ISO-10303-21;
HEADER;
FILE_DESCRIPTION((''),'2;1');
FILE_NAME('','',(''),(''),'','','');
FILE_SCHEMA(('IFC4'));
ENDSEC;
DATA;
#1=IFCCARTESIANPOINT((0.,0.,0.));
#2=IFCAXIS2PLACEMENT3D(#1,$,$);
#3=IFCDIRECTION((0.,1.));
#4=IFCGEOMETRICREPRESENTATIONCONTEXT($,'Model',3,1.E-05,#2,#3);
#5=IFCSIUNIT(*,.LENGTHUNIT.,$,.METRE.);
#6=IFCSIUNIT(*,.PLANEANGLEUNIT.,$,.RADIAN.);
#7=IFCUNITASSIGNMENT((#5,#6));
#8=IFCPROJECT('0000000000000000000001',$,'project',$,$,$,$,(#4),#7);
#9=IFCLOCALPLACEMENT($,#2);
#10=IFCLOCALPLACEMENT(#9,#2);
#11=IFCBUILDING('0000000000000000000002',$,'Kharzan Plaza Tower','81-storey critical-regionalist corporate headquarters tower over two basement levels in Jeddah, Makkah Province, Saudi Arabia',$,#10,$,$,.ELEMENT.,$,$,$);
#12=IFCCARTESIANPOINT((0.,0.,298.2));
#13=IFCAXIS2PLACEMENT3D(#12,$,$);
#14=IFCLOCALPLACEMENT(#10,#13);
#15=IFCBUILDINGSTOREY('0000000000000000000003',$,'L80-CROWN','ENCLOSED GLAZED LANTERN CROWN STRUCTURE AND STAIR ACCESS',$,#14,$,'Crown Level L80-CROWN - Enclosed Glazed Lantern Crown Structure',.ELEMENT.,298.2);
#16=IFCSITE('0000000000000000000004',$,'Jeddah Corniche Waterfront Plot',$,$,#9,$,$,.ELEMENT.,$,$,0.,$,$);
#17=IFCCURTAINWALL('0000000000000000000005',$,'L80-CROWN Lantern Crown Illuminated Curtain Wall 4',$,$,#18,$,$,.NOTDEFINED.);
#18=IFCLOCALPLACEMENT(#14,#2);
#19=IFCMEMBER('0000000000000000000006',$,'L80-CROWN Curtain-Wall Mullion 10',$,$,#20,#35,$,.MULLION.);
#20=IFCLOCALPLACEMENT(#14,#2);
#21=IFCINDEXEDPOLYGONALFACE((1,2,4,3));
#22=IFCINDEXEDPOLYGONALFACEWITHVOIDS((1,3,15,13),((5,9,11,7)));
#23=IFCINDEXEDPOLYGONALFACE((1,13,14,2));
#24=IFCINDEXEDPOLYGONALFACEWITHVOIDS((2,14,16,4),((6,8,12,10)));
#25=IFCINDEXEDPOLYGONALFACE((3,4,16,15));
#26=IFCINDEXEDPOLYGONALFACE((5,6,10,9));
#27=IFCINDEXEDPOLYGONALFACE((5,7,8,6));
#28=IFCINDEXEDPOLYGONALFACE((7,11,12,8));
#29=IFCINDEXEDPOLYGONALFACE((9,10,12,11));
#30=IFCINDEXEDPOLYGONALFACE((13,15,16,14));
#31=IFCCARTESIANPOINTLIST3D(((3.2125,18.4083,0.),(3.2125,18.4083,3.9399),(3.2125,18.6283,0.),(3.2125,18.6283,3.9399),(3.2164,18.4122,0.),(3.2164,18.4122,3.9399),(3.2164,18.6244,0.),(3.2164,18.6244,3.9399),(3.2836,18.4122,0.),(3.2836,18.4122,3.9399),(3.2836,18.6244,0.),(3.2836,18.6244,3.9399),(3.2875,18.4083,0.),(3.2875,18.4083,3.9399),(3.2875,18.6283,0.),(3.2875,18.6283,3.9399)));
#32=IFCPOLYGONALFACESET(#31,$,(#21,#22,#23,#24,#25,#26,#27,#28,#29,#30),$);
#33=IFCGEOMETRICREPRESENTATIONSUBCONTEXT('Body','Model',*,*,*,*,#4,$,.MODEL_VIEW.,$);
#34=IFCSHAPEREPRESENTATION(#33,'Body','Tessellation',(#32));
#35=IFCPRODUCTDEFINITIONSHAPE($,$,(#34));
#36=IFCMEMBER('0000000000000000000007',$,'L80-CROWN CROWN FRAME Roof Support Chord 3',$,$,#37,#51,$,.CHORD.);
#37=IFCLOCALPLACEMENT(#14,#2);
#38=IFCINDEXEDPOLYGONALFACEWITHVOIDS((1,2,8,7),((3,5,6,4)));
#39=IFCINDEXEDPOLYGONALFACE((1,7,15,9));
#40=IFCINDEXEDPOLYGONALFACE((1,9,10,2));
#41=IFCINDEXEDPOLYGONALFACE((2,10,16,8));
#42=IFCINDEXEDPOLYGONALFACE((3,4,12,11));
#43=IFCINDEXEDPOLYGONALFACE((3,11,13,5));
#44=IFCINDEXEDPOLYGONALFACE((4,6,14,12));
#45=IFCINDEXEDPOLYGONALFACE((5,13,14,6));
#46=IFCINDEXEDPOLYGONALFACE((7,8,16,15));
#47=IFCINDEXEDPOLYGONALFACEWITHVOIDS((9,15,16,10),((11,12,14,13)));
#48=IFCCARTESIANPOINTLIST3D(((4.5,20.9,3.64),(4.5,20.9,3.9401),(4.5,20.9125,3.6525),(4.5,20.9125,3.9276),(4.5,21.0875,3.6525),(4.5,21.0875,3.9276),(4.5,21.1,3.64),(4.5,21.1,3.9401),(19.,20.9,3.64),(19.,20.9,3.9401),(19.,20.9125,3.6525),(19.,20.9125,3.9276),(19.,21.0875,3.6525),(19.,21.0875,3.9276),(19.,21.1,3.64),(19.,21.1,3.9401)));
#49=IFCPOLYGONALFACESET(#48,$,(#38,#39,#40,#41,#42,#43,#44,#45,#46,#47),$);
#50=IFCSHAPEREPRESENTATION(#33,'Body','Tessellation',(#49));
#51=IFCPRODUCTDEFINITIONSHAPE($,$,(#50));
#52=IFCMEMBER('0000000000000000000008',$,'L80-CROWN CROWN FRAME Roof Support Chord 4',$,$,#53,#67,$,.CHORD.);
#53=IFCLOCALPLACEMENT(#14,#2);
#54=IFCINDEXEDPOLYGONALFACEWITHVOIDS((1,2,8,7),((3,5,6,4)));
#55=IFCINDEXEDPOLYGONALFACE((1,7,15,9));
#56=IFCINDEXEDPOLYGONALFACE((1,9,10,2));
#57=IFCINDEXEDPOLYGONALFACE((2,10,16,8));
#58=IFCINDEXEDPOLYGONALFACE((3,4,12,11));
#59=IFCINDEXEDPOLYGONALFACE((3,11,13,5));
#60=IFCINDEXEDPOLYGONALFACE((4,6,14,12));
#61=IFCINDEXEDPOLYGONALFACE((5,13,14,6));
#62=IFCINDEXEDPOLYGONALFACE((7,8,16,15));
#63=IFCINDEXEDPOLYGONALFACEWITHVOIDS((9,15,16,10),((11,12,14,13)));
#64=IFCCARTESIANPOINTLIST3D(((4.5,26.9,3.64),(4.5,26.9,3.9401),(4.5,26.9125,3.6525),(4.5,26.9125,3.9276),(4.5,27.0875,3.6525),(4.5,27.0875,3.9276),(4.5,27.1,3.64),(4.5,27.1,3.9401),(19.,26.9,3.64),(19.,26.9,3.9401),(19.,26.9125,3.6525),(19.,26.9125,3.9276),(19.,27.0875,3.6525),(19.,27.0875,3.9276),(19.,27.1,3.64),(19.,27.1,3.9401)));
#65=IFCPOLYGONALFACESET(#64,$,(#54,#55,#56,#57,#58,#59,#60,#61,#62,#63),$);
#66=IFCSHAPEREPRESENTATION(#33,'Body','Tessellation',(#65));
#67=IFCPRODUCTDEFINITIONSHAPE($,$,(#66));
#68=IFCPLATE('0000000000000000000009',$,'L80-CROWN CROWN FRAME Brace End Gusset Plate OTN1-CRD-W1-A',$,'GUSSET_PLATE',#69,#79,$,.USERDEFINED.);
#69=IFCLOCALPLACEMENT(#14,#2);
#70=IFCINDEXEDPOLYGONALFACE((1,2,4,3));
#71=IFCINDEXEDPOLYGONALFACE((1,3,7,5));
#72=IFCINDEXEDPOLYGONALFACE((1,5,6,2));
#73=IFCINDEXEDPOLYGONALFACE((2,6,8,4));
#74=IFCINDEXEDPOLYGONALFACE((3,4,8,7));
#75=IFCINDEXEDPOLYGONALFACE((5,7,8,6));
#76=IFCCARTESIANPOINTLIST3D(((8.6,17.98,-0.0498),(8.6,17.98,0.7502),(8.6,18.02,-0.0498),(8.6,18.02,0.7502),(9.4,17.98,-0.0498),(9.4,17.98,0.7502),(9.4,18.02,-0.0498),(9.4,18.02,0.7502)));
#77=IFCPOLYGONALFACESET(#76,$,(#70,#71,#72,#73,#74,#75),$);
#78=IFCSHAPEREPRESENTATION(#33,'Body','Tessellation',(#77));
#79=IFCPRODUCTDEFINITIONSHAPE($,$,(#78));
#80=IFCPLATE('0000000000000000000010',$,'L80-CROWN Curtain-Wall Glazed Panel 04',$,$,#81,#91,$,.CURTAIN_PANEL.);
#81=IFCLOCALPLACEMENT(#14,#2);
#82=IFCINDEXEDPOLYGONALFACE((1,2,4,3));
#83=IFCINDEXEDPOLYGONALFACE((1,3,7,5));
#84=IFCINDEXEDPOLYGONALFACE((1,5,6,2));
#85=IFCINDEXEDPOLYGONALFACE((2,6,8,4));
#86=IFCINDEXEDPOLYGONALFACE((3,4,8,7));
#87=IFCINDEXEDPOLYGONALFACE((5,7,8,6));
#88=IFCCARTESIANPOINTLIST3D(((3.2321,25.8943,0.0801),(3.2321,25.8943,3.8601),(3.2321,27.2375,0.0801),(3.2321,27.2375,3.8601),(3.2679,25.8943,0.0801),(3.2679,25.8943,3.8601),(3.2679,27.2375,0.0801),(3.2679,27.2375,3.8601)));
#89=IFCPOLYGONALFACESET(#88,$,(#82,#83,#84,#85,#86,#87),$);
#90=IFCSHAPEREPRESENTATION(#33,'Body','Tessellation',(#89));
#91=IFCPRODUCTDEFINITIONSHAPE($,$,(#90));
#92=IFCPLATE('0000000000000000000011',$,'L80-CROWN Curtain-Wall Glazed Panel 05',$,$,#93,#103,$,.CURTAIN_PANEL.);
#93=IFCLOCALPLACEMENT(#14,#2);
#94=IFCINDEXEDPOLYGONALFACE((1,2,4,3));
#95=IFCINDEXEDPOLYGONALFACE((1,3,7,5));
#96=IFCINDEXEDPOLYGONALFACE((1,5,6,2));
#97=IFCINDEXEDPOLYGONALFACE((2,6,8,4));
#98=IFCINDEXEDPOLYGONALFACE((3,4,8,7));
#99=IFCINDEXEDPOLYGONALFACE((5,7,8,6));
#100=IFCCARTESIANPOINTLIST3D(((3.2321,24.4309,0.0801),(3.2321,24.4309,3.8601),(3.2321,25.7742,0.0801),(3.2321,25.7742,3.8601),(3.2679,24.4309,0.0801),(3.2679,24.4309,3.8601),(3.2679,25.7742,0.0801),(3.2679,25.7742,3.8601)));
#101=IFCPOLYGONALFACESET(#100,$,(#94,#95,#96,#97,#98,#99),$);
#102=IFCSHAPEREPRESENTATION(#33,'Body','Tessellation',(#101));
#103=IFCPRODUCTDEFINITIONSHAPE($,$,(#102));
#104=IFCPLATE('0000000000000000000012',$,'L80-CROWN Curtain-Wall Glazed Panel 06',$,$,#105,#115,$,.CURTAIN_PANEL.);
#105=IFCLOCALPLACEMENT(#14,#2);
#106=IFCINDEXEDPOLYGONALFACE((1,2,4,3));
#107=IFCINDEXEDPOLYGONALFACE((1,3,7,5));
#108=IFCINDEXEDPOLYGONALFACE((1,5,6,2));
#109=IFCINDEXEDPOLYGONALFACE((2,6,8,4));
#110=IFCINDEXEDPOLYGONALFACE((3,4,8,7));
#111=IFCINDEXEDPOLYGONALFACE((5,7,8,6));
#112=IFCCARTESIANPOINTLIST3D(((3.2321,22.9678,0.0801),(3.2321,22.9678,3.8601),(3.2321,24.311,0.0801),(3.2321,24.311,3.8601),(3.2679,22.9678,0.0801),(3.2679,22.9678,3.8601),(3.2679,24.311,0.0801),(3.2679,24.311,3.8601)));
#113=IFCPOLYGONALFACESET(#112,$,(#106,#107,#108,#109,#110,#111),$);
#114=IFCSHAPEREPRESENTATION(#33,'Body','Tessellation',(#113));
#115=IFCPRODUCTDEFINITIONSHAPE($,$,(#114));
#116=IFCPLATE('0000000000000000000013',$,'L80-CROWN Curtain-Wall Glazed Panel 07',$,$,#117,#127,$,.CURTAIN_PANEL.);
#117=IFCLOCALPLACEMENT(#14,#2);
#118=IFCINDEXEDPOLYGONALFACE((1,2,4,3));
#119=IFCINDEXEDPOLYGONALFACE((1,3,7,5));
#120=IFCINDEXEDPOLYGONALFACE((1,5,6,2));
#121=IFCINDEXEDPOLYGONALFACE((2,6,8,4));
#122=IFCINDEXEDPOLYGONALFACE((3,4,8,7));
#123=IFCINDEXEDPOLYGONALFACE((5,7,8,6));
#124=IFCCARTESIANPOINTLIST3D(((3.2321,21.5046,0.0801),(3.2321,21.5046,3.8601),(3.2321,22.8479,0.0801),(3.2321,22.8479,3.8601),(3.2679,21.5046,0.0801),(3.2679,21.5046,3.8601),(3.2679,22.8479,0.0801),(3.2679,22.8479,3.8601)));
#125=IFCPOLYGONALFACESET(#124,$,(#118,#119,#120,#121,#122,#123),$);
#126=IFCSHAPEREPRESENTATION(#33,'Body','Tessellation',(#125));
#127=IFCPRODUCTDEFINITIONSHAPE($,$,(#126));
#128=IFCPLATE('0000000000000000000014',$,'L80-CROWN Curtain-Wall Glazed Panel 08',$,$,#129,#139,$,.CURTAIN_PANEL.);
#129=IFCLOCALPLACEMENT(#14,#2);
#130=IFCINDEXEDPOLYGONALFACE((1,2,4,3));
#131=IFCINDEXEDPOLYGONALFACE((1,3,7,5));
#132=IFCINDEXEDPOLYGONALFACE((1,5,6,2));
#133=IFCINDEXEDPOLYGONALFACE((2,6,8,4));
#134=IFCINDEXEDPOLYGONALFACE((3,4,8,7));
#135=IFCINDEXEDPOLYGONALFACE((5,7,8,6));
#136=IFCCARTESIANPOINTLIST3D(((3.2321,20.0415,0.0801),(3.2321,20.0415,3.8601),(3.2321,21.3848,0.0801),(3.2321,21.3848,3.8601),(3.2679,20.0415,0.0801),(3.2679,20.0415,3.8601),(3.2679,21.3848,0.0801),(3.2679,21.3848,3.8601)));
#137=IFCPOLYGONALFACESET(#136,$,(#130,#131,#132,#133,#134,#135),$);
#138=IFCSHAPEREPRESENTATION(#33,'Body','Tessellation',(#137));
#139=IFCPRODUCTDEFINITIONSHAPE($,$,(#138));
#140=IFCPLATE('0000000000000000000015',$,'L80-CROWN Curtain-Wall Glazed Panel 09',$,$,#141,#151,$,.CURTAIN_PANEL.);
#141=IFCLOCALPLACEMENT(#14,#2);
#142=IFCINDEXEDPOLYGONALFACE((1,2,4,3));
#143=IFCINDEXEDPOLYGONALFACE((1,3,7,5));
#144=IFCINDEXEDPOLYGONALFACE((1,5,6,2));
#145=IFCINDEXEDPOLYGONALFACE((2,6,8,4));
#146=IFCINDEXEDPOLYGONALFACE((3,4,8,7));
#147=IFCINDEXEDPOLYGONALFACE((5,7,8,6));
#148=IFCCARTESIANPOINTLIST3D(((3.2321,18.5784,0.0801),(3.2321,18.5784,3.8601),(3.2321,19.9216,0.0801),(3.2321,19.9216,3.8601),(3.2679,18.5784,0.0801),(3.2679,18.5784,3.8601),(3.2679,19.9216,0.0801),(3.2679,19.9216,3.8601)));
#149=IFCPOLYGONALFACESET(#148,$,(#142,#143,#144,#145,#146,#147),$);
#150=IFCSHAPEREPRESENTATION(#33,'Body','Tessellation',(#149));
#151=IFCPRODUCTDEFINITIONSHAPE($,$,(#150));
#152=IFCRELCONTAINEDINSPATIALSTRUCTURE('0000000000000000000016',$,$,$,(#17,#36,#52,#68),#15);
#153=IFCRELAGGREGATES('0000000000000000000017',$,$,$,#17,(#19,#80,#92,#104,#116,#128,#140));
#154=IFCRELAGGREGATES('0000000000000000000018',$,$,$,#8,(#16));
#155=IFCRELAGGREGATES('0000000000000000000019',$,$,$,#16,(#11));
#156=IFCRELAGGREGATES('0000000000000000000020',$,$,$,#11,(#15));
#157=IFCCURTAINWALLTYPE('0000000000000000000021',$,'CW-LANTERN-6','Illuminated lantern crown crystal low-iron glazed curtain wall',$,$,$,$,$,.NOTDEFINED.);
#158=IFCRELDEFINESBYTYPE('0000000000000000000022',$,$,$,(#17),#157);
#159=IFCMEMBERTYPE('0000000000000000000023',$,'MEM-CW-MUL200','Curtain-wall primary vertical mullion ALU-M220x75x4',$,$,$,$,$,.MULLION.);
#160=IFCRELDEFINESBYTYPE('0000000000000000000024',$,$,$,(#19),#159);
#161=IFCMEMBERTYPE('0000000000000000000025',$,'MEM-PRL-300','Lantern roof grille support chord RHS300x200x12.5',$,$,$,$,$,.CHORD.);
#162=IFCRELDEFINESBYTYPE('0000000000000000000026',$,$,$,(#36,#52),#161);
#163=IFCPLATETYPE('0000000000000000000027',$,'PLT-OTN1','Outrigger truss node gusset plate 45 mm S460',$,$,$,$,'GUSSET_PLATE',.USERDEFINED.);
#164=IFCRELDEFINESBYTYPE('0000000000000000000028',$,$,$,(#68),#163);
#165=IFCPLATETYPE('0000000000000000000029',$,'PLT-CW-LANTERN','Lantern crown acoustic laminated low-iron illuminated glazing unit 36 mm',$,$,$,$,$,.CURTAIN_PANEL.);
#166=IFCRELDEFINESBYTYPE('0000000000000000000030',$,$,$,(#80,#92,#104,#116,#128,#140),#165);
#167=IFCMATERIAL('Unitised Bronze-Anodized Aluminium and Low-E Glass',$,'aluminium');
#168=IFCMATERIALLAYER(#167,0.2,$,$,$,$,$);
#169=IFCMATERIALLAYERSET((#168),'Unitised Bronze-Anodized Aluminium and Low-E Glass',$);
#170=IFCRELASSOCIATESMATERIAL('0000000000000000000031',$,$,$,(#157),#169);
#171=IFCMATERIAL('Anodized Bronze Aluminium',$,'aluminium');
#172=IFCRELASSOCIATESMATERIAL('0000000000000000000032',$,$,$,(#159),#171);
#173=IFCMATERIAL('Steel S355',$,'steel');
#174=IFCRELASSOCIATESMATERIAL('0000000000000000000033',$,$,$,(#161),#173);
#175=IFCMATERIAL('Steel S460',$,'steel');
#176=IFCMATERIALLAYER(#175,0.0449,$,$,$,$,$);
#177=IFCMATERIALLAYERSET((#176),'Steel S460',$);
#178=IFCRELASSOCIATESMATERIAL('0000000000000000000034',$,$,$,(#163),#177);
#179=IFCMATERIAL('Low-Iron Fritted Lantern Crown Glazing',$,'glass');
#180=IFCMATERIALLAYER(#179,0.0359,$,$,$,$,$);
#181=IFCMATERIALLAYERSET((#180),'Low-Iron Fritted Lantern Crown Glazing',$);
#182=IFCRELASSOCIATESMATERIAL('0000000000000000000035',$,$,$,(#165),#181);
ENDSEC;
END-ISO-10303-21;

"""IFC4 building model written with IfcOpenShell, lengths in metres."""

from ifc_helpers import new_model, si_unit, direction, frame, origin, origin_2d, place, context, subcontext, project, spatial, rectangle, hollow_rectangle, extrude, source, transform, mapped, material, layer, layer_set, material_profile, profile_set, type_object, element, aggregate, save


model = new_model("IFC4")

# Units and contexts
model_context = context("Model", 3, precision=1e-05, world=origin(), true_north=direction((0.0, 1.0)))
body_context = subcontext(model_context, "Body", "Model", "MODEL_VIEW")
ifc_project = project(units=[si_unit("LENGTHUNIT", "METRE"), si_unit("PLANEANGLEUNIT", "RADIAN")], contexts=[model_context])

# Site, building, storey
site_placement = place(None, origin())
site = spatial("IfcSite", under=ifc_project, at=site_placement, Name="Jeddah Corniche Waterfront Plot", CompositionType="ELEMENT", RefElevation=0.0)
building_placement = place(site_placement, origin())
building = spatial("IfcBuilding", under=site, at=building_placement, Name="Kharzan Plaza Tower", Description="81-storey critical-regionalist corporate headquarters tower over two basement levels in Jeddah, Makkah Province, Saudi Arabia", CompositionType="ELEMENT")
storey_placement = place(building_placement, frame((0.0, 0.0, 298.2)))
storey = spatial("IfcBuildingStorey", under=building, at=storey_placement, Name="L80-CROWN", Description="ENCLOSED GLAZED LANTERN CROWN STRUCTURE AND STAIR ACCESS", LongName="Crown Level L80-CROWN - Enclosed Glazed Lantern Crown Structure", CompositionType="ELEMENT", Elevation=298.2)

# Shared definitions
ifc_material_1 = material(Name="Steel S355", Category="steel")

# Curtain wall, member
ifc_material_2 = material(Name="Unitised Bronze-Anodized Aluminium and Low-E Glass", Category="aluminium")
ifc_layer_1 = layer(ifc_material_2, 0.2)
ifc_layer_set_1 = layer_set([ifc_layer_1], Name="Unitised Bronze-Anodized Aluminium and Low-E Glass")
curtain_wall_type = type_object("IfcCurtainWallType", Name="CW-LANTERN-6", Description="Illuminated lantern crown crystal low-iron glazed curtain wall", PredefinedType="NOTDEFINED", material=ifc_layer_set_1)
curtain_wall_placement = place(storey_placement, origin())
curtain_wall = element("IfcCurtainWall", 1, at=curtain_wall_placement, inside=storey, type_object=curtain_wall_type, Name="L80-CROWN Lantern Crown Illuminated Curtain Wall 4", PredefinedType="NOTDEFINED")
ifc_material_3 = material(Name="Anodized Bronze Aluminium", Category="aluminium")
ifc_material_profile_1 = material_profile(ifc_material_3, hollow_rectangle(XDim=0.075, YDim=0.22, WallThickness=0.0039, at=origin_2d()), Name="ALU-M220x75x4")
ifc_profile_set_1 = profile_set([ifc_material_profile_1], Name="Anodized Bronze Aluminium")
member_type_1 = type_object("IfcMemberType", Name="MEM-CW-MUL200", Description="Curtain-wall primary vertical mullion ALU-M220x75x4", PredefinedType="MULLION", material=ifc_profile_set_1)
shared_shape_1 = source(origin(), body_context, "Body", "SweptSolid", [
    extrude(hollow_rectangle(XDim=0.075, YDim=0.22, WallThickness=0.0039, at=origin_2d()), origin(), (0.0, 0.0, 1.0), 3.9399),
])
member_1_placement = place(storey_placement, frame((3.25, 18.5183, 0.0), z_axis=(0.0, 0.0, 1.0), x_axis=(1.0, 0.0, 0.0)))
member_1 = element("IfcMember", 2, at=member_1_placement, type_object=member_type_1, Name="L80-CROWN Curtain-Wall Mullion 10", PredefinedType="MULLION", context=body_context, shape_type="MappedRepresentation", body=[
    mapped(shared_shape_1, transform((0.0, 0.0, 0.0), x_axis=(1.0, 0.0, 0.0), y_axis=(0.0, 1.0, 0.0), z_axis=(0.0, 0.0, 1.0))),
])

# Members
ifc_material_profile_2 = material_profile(ifc_material_1, hollow_rectangle(XDim=0.2, YDim=0.3, WallThickness=0.0125, at=origin_2d()), Name="RHS300x200x12.5")
ifc_profile_set_2 = profile_set([ifc_material_profile_2], Name="Steel S355")
member_type_2 = type_object("IfcMemberType", Name="MEM-PRL-300", Description="Lantern roof grille support chord RHS300x200x12.5", PredefinedType="CHORD", material=ifc_profile_set_2)
shared_shape_2 = source(origin(), body_context, "Body", "SweptSolid", [
    extrude(hollow_rectangle(XDim=0.2, YDim=0.3, WallThickness=0.0125, at=origin_2d()), origin(), (0.0, 0.0, 1.0), 14.5),
])
for number, where, z_axis, x_axis, name in (
    (3, (4.5, 21.0, 3.79), (1.0, 0.0, 0.0), (0.0, 1.0, 0.0), "L80-CROWN CROWN FRAME Roof Support Chord 3"),
    (4, (4.5, 27.0, 3.79), (1.0, 0.0, 0.0), (0.0, 1.0, 0.0), "L80-CROWN CROWN FRAME Roof Support Chord 4"),
):
    element("IfcMember", number, at=place(storey_placement, frame(where, z_axis=z_axis, x_axis=x_axis)), inside=storey, type_object=member_type_2, Name=name, PredefinedType="CHORD", context=body_context, shape_type="MappedRepresentation", body=[
        mapped(shared_shape_2, transform((0.0, 0.0, 0.0), x_axis=(1.0, 0.0, 0.0), y_axis=(0.0, 1.0, 0.0), z_axis=(0.0, 0.0, 1.0))),
    ])

# Plates
ifc_material_4 = material(Name="Steel S460", Category="steel")
ifc_layer_2 = layer(ifc_material_4, 0.0449)
ifc_layer_set_2 = layer_set([ifc_layer_2], Name="Steel S460")
plate_type_1 = type_object("IfcPlateType", Name="PLT-OTN1", Description="Outrigger truss node gusset plate 45 mm S460", ElementType="GUSSET_PLATE", PredefinedType="USERDEFINED", material=ifc_layer_set_2)
shared_shape_3 = source(origin(), body_context, "Body", "SweptSolid", [
    extrude(rectangle(XDim=0.8, YDim=0.04, at=origin_2d()), origin(), (0.0, 0.0, 1.0), 0.8),
])
plate_1_placement = place(storey_placement, frame((9.0, 18.0, -0.0498), z_axis=(0.0, 0.0, 1.0), x_axis=(1.0, 0.0, 0.0)))
element("IfcPlate", 5, at=plate_1_placement, inside=storey, type_object=plate_type_1, Name="L80-CROWN CROWN FRAME Brace End Gusset Plate OTN1-CRD-W1-A", ObjectType="GUSSET_PLATE", PredefinedType="USERDEFINED", context=body_context, shape_type="MappedRepresentation", body=[
    mapped(shared_shape_3, transform((0.0, 0.0, 0.0), x_axis=(1.0, 0.0, 0.0), y_axis=(0.0, 1.0, 0.0), z_axis=(0.0, 0.0, 1.0))),
])
ifc_material_5 = material(Name="Low-Iron Fritted Lantern Crown Glazing", Category="glass")
ifc_layer_3 = layer(ifc_material_5, 0.0359)
ifc_layer_set_3 = layer_set([ifc_layer_3], Name="Low-Iron Fritted Lantern Crown Glazing")
plate_type_2 = type_object("IfcPlateType", Name="PLT-CW-LANTERN", Description="Lantern crown acoustic laminated low-iron illuminated glazing unit 36 mm", PredefinedType="CURTAIN_PANEL", material=ifc_layer_set_3)
shared_shape_4 = source(origin(), body_context, "Body", "SweptSolid", [
    extrude(rectangle(XDim=1.3433, YDim=0.0359, at=origin_2d()), origin(), (0.0, 0.0, 1.0), 3.78),
])
plate_2_placement = place(storey_placement, frame((3.25, 26.5659, 0.0801), z_axis=(0.0, 0.0, 1.0), x_axis=(0.0, -1.0, 0.0)))
plate_2 = element("IfcPlate", 6, at=plate_2_placement, type_object=plate_type_2, Name="L80-CROWN Curtain-Wall Glazed Panel 04", PredefinedType="CURTAIN_PANEL", context=body_context, shape_type="MappedRepresentation", body=[
    mapped(shared_shape_4, transform((0.0, 0.0, 0.0), x_axis=(1.0, 0.0, 0.0), y_axis=(0.0, 1.0, 0.0), z_axis=(0.0, 0.0, 1.0))),
])
plate_3_placement = place(storey_placement, frame((3.25, 25.1025, 0.0801), z_axis=(0.0, 0.0, 1.0), x_axis=(0.0, -1.0, 0.0)))
plate_3 = element("IfcPlate", 7, at=plate_3_placement, type_object=plate_type_2, Name="L80-CROWN Curtain-Wall Glazed Panel 05", PredefinedType="CURTAIN_PANEL", context=body_context, shape_type="MappedRepresentation", body=[
    mapped(shared_shape_4, transform((0.0, 0.0, 0.0), x_axis=(1.0, 0.0, 0.0), y_axis=(0.0, 1.0, 0.0), z_axis=(0.0, 0.0, 1.0))),
])
plate_4_placement = place(storey_placement, frame((3.25, 23.6394, 0.0801), z_axis=(0.0, 0.0, 1.0), x_axis=(0.0, -1.0, 0.0)))
plate_4 = element("IfcPlate", 8, at=plate_4_placement, type_object=plate_type_2, Name="L80-CROWN Curtain-Wall Glazed Panel 06", PredefinedType="CURTAIN_PANEL", context=body_context, shape_type="MappedRepresentation", body=[
    mapped(shared_shape_4, transform((0.0, 0.0, 0.0), x_axis=(1.0, 0.0, 0.0), y_axis=(0.0, 1.0, 0.0), z_axis=(0.0, 0.0, 1.0))),
])
plate_5_placement = place(storey_placement, frame((3.25, 22.1763, 0.0801), z_axis=(0.0, 0.0, 1.0), x_axis=(0.0, -1.0, 0.0)))
plate_5 = element("IfcPlate", 9, at=plate_5_placement, type_object=plate_type_2, Name="L80-CROWN Curtain-Wall Glazed Panel 07", PredefinedType="CURTAIN_PANEL", context=body_context, shape_type="MappedRepresentation", body=[
    mapped(shared_shape_4, transform((0.0, 0.0, 0.0), x_axis=(1.0, 0.0, 0.0), y_axis=(0.0, 1.0, 0.0), z_axis=(0.0, 0.0, 1.0))),
])
plate_6_placement = place(storey_placement, frame((3.25, 20.7131, 0.0801), z_axis=(0.0, 0.0, 1.0), x_axis=(0.0, -1.0, 0.0)))
plate_6 = element("IfcPlate", 10, at=plate_6_placement, type_object=plate_type_2, Name="L80-CROWN Curtain-Wall Glazed Panel 08", PredefinedType="CURTAIN_PANEL", context=body_context, shape_type="MappedRepresentation", body=[
    mapped(shared_shape_4, transform((0.0, 0.0, 0.0), x_axis=(1.0, 0.0, 0.0), y_axis=(0.0, 1.0, 0.0), z_axis=(0.0, 0.0, 1.0))),
])
plate_7_placement = place(storey_placement, frame((3.25, 19.25, 0.0801), z_axis=(0.0, 0.0, 1.0), x_axis=(0.0, -1.0, 0.0)))
plate_7 = element("IfcPlate", 11, at=plate_7_placement, type_object=plate_type_2, Name="L80-CROWN Curtain-Wall Glazed Panel 09", PredefinedType="CURTAIN_PANEL", context=body_context, shape_type="MappedRepresentation", body=[
    mapped(shared_shape_4, transform((0.0, 0.0, 0.0), x_axis=(1.0, 0.0, 0.0), y_axis=(0.0, 1.0, 0.0), z_axis=(0.0, 0.0, 1.0))),
])
aggregate(curtain_wall, [member_1, plate_2, plate_3, plate_4, plate_5, plate_6, plate_7])

save(model, "model.ifc")
